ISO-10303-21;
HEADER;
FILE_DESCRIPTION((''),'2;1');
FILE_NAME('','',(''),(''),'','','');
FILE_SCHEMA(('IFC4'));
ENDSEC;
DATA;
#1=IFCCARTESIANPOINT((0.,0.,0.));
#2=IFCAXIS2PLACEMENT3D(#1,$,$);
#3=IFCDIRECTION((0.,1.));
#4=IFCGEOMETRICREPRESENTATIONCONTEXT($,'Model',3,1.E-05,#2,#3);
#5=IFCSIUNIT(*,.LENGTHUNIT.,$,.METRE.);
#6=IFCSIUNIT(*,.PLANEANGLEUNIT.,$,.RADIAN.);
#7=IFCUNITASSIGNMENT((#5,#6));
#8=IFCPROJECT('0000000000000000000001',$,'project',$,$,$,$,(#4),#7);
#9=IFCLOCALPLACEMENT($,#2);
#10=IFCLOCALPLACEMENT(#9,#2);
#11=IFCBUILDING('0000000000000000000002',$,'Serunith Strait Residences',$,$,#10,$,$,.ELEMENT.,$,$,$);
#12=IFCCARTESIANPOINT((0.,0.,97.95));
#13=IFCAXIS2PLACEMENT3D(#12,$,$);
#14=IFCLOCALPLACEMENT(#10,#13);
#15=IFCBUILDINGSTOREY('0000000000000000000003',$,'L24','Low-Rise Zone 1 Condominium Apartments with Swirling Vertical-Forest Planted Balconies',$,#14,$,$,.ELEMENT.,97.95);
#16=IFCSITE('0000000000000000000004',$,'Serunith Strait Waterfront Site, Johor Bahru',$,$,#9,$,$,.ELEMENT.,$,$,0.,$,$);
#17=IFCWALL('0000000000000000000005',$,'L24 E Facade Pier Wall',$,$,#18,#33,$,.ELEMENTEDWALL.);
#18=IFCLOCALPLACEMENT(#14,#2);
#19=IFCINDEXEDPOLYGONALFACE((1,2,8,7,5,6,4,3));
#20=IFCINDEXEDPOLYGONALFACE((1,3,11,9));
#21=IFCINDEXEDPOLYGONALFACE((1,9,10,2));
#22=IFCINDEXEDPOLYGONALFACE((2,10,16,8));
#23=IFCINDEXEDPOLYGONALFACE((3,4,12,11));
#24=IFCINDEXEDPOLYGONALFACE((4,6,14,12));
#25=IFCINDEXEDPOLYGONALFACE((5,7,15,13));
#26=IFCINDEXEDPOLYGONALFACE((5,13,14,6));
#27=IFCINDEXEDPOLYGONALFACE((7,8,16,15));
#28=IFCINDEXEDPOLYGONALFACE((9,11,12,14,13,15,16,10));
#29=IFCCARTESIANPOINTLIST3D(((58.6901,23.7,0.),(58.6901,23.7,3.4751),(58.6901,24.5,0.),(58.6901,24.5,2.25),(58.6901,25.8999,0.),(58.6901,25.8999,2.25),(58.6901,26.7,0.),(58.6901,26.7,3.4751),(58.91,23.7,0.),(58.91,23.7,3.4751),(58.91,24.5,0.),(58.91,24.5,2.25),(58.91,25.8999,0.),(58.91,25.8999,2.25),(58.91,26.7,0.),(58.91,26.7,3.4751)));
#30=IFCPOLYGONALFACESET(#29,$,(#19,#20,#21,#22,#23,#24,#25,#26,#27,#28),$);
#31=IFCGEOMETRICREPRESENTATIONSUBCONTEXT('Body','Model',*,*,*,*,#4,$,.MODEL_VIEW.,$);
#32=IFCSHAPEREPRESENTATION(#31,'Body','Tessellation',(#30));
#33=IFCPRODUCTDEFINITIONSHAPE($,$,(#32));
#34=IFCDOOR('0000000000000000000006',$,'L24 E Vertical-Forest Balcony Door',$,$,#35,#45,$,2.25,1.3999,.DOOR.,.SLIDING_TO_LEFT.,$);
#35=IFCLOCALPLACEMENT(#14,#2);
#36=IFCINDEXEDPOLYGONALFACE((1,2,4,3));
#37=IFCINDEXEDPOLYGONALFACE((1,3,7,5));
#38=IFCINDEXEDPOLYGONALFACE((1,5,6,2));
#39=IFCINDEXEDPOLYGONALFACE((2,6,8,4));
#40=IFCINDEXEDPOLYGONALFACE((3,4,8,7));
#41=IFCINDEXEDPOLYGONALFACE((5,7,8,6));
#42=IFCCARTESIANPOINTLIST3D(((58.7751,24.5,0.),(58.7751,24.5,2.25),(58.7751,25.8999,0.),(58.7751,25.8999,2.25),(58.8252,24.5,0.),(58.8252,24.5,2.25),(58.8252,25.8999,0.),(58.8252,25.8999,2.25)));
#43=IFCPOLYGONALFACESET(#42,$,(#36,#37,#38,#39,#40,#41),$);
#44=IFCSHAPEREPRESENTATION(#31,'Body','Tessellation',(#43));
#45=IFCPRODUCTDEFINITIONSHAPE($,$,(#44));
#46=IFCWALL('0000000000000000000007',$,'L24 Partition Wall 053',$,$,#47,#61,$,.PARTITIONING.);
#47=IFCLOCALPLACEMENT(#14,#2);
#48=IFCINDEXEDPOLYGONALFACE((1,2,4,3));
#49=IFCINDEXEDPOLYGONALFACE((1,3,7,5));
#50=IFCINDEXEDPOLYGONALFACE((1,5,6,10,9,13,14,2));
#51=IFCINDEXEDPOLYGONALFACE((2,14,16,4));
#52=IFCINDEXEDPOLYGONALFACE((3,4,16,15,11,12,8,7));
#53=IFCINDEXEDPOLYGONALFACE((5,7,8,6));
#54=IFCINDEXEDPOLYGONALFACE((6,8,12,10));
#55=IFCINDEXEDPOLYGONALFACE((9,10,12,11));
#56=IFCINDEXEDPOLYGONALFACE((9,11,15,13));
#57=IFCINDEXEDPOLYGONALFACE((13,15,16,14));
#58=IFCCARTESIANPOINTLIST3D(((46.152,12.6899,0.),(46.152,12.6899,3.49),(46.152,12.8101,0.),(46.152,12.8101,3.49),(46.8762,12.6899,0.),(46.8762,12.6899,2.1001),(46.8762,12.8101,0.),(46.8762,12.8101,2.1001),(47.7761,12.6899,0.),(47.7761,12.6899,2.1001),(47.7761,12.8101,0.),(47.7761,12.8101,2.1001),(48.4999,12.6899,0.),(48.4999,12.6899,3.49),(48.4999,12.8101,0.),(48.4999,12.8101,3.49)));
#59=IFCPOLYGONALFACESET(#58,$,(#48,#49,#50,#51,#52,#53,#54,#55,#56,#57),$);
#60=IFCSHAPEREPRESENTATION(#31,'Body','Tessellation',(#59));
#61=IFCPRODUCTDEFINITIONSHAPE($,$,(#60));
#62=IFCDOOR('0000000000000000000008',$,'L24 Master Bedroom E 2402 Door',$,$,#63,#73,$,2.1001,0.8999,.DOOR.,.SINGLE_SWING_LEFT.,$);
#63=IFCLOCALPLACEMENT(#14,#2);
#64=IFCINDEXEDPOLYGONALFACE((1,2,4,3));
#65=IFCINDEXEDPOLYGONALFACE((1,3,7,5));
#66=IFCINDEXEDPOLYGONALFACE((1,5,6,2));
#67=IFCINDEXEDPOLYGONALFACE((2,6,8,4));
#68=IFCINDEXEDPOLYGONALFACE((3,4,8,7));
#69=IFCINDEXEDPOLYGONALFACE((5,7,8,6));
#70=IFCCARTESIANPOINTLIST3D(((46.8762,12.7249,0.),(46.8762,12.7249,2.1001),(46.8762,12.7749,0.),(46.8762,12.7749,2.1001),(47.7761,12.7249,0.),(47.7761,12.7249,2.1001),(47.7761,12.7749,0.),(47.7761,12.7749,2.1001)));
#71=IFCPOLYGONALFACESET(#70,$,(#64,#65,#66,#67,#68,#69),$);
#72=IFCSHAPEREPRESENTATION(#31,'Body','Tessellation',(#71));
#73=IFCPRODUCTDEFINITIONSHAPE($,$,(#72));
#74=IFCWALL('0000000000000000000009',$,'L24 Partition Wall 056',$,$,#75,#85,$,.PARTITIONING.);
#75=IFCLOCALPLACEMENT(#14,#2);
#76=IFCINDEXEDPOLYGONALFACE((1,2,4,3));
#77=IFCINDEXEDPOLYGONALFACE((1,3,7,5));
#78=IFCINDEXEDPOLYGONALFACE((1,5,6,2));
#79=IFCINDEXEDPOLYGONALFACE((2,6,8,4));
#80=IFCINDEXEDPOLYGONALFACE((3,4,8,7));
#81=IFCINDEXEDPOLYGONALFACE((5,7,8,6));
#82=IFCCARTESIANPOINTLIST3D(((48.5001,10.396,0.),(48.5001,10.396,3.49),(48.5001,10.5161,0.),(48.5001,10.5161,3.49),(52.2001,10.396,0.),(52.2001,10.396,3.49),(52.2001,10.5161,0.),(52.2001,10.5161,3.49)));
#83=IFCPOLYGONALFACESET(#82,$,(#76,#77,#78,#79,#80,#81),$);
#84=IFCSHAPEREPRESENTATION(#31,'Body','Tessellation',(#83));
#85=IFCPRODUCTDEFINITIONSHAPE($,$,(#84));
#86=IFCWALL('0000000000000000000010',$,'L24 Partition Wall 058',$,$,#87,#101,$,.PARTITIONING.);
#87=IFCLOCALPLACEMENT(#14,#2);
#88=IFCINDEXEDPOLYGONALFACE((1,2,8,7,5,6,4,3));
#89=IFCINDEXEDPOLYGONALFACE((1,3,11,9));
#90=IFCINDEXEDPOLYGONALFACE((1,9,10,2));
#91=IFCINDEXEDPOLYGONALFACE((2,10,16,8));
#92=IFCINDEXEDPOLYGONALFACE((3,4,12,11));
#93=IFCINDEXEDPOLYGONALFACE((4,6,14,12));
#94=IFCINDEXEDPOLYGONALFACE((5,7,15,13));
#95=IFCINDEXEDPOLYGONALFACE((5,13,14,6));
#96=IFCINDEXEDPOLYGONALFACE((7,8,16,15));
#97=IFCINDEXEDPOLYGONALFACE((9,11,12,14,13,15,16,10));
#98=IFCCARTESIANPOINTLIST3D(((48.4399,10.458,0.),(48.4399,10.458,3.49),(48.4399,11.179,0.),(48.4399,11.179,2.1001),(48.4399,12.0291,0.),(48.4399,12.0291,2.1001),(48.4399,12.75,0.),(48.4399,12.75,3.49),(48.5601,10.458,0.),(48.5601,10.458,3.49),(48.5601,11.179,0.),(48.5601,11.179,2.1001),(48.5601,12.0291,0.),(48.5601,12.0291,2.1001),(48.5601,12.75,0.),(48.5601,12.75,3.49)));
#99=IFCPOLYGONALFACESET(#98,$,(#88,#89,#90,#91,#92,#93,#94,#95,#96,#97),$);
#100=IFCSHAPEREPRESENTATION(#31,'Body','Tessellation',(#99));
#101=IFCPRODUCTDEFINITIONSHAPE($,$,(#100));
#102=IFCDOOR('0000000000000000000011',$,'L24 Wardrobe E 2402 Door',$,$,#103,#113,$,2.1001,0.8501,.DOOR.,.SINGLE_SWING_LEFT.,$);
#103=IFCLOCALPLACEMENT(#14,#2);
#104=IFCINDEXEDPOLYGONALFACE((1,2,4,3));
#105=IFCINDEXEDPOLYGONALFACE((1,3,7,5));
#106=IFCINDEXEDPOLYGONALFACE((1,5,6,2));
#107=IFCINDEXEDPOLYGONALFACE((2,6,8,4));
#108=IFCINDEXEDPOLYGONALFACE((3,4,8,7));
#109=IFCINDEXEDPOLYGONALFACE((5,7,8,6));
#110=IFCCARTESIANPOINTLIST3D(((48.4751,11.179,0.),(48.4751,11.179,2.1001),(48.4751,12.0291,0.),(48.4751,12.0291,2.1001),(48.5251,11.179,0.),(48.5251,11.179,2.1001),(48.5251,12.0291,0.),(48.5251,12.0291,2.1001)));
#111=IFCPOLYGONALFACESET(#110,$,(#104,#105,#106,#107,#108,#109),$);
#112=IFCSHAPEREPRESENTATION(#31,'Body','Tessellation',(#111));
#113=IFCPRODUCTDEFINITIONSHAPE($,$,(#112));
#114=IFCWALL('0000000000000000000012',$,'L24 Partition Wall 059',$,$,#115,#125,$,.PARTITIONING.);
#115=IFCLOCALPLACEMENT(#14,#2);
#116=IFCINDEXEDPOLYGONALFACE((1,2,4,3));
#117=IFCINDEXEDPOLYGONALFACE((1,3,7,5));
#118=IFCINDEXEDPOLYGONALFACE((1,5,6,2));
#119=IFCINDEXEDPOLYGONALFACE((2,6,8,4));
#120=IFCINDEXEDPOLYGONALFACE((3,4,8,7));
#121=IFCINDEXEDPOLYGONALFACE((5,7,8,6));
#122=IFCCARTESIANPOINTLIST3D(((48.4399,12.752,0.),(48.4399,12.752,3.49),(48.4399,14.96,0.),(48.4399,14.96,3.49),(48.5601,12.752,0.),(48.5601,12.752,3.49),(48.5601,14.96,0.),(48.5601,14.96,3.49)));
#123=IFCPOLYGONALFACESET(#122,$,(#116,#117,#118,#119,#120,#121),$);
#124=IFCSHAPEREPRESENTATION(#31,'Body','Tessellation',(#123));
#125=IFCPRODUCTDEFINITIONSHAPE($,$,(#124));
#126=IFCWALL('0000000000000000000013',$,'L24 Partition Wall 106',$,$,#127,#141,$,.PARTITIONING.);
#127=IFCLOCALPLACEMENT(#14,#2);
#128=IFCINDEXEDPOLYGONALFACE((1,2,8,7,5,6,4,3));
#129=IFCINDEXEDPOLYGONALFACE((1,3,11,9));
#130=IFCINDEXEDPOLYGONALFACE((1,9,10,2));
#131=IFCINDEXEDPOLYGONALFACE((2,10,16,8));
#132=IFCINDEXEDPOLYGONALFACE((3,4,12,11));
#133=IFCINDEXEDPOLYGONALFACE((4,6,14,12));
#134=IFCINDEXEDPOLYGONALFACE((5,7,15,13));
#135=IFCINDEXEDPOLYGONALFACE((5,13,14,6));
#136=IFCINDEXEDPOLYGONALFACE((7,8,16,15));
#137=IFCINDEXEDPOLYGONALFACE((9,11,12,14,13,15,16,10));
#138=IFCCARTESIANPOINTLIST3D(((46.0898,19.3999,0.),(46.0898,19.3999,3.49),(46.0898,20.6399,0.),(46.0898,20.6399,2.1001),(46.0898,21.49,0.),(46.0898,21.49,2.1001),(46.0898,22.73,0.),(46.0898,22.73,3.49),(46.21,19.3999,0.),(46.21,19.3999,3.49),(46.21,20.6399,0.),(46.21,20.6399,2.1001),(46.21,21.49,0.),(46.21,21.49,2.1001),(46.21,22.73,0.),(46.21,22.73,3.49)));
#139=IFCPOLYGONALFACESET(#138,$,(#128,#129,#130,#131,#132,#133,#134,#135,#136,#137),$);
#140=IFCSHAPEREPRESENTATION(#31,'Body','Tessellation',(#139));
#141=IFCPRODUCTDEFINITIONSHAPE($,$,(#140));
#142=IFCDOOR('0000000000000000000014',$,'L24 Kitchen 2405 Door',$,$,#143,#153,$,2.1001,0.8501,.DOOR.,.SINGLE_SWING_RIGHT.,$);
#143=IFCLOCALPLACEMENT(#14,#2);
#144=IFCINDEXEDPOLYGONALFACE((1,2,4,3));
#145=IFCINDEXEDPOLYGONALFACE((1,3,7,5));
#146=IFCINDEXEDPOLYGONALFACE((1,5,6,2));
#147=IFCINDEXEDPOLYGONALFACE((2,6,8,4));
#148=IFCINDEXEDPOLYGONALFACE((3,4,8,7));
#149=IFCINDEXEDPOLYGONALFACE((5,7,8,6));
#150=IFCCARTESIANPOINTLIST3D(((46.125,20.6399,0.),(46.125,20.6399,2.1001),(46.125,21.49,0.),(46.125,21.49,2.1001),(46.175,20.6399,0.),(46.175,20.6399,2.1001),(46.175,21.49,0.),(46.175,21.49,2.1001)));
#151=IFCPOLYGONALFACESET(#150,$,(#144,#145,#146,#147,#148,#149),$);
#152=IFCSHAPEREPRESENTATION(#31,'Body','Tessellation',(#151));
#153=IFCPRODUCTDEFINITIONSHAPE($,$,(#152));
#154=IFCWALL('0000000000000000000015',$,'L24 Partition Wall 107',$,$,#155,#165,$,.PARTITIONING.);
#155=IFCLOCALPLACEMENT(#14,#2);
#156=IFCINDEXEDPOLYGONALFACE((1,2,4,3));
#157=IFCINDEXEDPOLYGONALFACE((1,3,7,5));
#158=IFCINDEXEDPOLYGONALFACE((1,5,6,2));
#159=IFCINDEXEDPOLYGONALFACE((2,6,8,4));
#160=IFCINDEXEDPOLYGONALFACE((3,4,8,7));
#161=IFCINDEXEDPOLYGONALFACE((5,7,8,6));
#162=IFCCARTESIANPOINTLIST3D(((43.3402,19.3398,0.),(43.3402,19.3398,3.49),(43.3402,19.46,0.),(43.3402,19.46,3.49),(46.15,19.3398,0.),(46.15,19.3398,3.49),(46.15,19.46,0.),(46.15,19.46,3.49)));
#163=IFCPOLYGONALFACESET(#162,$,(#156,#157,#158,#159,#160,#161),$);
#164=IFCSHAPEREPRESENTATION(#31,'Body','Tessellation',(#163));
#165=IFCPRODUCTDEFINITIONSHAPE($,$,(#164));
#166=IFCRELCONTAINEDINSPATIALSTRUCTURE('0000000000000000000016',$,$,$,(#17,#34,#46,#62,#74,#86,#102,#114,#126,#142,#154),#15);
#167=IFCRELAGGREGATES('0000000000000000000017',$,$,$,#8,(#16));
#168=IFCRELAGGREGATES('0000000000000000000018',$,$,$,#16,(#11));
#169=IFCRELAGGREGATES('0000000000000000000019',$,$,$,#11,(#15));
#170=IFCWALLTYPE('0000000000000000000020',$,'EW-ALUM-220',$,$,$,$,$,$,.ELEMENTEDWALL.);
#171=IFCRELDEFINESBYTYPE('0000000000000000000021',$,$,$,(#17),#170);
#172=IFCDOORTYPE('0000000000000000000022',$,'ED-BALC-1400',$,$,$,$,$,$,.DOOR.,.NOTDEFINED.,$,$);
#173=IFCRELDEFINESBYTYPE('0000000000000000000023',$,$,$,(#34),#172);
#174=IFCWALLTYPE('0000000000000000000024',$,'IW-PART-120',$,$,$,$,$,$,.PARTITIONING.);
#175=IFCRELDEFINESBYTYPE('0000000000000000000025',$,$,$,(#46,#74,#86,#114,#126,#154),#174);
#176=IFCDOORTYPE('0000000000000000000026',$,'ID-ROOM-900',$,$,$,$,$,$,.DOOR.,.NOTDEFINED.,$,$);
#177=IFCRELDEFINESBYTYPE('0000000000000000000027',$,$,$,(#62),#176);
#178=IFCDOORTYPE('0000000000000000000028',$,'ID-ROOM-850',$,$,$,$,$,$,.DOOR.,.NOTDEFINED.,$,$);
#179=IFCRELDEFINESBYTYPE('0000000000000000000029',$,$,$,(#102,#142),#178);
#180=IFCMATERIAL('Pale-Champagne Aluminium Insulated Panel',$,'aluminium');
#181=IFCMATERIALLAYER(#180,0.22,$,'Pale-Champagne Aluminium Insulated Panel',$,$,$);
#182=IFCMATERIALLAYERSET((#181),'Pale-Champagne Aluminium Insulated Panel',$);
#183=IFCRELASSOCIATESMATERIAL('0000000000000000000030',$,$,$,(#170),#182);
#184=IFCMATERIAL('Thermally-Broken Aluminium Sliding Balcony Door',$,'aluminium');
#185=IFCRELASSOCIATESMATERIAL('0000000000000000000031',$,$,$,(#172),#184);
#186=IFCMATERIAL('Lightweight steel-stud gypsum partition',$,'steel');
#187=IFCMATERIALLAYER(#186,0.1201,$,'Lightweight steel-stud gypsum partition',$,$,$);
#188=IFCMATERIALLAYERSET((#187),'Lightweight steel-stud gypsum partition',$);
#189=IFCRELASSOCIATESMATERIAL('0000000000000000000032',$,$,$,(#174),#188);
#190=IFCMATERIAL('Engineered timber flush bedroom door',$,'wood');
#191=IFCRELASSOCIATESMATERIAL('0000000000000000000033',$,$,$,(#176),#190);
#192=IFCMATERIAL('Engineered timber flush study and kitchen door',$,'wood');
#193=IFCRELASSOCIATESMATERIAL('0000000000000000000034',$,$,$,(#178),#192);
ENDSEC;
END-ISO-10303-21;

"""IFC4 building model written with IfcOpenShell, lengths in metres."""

from ifc_helpers import new_model, si_unit, direction, frame, frame_2d, origin, place, context, subcontext, project, spatial, rectangle, extrude, source, transform, mapped, material, layer, layer_set, type_object, element, fill, save


model = new_model("IFC4")

# Units and contexts
model_context = context("Model", 3, precision=1e-05, world=origin(), true_north=direction((0.0, 1.0)))
body_context = subcontext(model_context, "Body", "Model", "MODEL_VIEW")
ifc_project = project(units=[si_unit("LENGTHUNIT", "METRE"), si_unit("PLANEANGLEUNIT", "RADIAN")], contexts=[model_context])

# Site, building, storey
site_placement = place(None, origin())
site = spatial("IfcSite", under=ifc_project, at=site_placement, Name="Serunith Strait Waterfront Site, Johor Bahru", CompositionType="ELEMENT", RefElevation=0.0)
building_placement = place(site_placement, origin())
building = spatial("IfcBuilding", under=site, at=building_placement, Name="Serunith Strait Residences", CompositionType="ELEMENT")
storey_placement = place(building_placement, frame((0.0, 0.0, 97.95)))
storey = spatial("IfcBuildingStorey", under=building, at=storey_placement, Name="L24", Description="Low-Rise Zone 1 Condominium Apartments with Swirling Vertical-Forest Planted Balconies", CompositionType="ELEMENT", Elevation=97.95)

# Walls, openings, doors
ifc_material_1 = material(Name="Pale-Champagne Aluminium Insulated Panel", Category="aluminium")
ifc_layer_1 = layer(ifc_material_1, 0.22, Name="Pale-Champagne Aluminium Insulated Panel")
ifc_layer_set_1 = layer_set([ifc_layer_1], Name="Pale-Champagne Aluminium Insulated Panel")
wall_type_1 = type_object("IfcWallType", Name="EW-ALUM-220", PredefinedType="ELEMENTEDWALL", material=ifc_layer_set_1)
wall_1_placement = place(storey_placement, frame((58.8, 23.7, 0.0), z_axis=(0.0, 0.0, 1.0), x_axis=(0.0, 1.0, 0.0)))
wall_1 = element("IfcWall", 1, at=wall_1_placement, inside=storey, type_object=wall_type_1, Name="L24 E Facade Pier Wall", PredefinedType="ELEMENTEDWALL", context=body_context, shape_type="SweptSolid", body=[
    extrude(rectangle(XDim=3.0, YDim=0.22, at=frame_2d((1.5, 0.0))), origin(), (0.0, 0.0, 1.0), 3.4751),
])
opening_1_placement = place(wall_1_placement, frame((0.8, 0.0, 0.0)))
opening_1 = element("IfcOpeningElement", 2, at=opening_1_placement, cuts=wall_1, PredefinedType="OPENING", context=body_context, shape_type="SweptSolid", body=[
    extrude(rectangle(XDim=1.3999, YDim=2.25, at=frame_2d((0.7, 1.125))), frame((0.0, 0.1201, 0.0), z_axis=(0.0, -1.0, 0.0), x_axis=(1.0, 0.0, 0.0)), (0.0, 0.0, 1.0), 0.24),
])
ifc_material_2 = material(Name="Thermally-Broken Aluminium Sliding Balcony Door", Category="aluminium")
door_type_1 = type_object("IfcDoorType", Name="ED-BALC-1400", OperationType="NOTDEFINED", PredefinedType="DOOR", material=ifc_material_2)
shared_shape_1 = source(origin(), body_context, "Body", "SweptSolid", [
    extrude(rectangle(XDim=1.3999, YDim=2.25, at=frame_2d((0.7, 1.125))), frame((0.0, 0.0249, 0.0), z_axis=(0.0, -1.0, 0.0), x_axis=(1.0, 0.0, 0.0)), (0.0, 0.0, 1.0), 0.05),
])
door_1_placement = place(opening_1_placement, origin())
door_1 = element("IfcDoor", 3, at=door_1_placement, inside=storey, type_object=door_type_1, Name="L24 E Vertical-Forest Balcony Door", OperationType="SLIDING_TO_LEFT", OverallHeight=2.25, OverallWidth=1.3999, PredefinedType="DOOR", context=body_context, shape_type="MappedRepresentation", body=[
    mapped(shared_shape_1, transform((0.0, 0.0, 0.0), scale=1.0)),
])
fill(opening_1, door_1)
ifc_material_3 = material(Name="Lightweight steel-stud gypsum partition", Category="steel")
ifc_layer_2 = layer(ifc_material_3, 0.1201, Name="Lightweight steel-stud gypsum partition")
ifc_layer_set_2 = layer_set([ifc_layer_2], Name="Lightweight steel-stud gypsum partition")
wall_type_2 = type_object("IfcWallType", Name="IW-PART-120", PredefinedType="PARTITIONING", material=ifc_layer_set_2)
wall_2_placement = place(storey_placement, frame((46.1521, 12.75, 0.0), z_axis=(0.0, 0.0, 1.0), x_axis=(1.0, 0.0, 0.0)))
wall_2 = element("IfcWall", 4, at=wall_2_placement, inside=storey, type_object=wall_type_2, Name="L24 Partition Wall 053", PredefinedType="PARTITIONING", context=body_context, shape_type="SweptSolid", body=[
    extrude(rectangle(XDim=2.3479, YDim=0.1201, at=frame_2d((1.1738, 0.0))), origin(), (0.0, 0.0, 1.0), 3.49),
])
opening_2_placement = place(wall_2_placement, frame((0.7241, 0.0, 0.0)))
opening_2 = element("IfcOpeningElement", 5, at=opening_2_placement, cuts=wall_2, PredefinedType="OPENING", context=body_context, shape_type="SweptSolid", body=[
    extrude(rectangle(XDim=0.8999, YDim=2.1001, at=frame_2d((0.45, 1.05))), frame((0.0, 0.0701, 0.0), z_axis=(0.0, -1.0, 0.0), x_axis=(1.0, 0.0, 0.0)), (0.0, 0.0, 1.0), 0.1401),
])
ifc_material_4 = material(Name="Engineered timber flush bedroom door", Category="wood")
door_type_2 = type_object("IfcDoorType", Name="ID-ROOM-900", OperationType="NOTDEFINED", PredefinedType="DOOR", material=ifc_material_4)
shared_shape_2 = source(origin(), body_context, "Body", "SweptSolid", [
    extrude(rectangle(XDim=0.8999, YDim=2.1001, at=frame_2d((0.45, 1.05))), frame((0.0, 0.0249, 0.0), z_axis=(0.0, -1.0, 0.0), x_axis=(1.0, 0.0, 0.0)), (0.0, 0.0, 1.0), 0.05),
])
door_2_placement = place(opening_2_placement, origin())
door_2 = element("IfcDoor", 6, at=door_2_placement, inside=storey, type_object=door_type_2, Name="L24 Master Bedroom E 2402 Door", OperationType="SINGLE_SWING_LEFT", OverallHeight=2.1001, OverallWidth=0.8999, PredefinedType="DOOR", context=body_context, shape_type="MappedRepresentation", body=[
    mapped(shared_shape_2, transform((0.0, 0.0, 0.0), scale=1.0)),
])
fill(opening_2, door_2)

# Wall
wall_3_placement = place(storey_placement, frame((48.5, 10.4561, 0.0), z_axis=(0.0, 0.0, 1.0), x_axis=(1.0, 0.0, 0.0)))
element("IfcWall", 7, at=wall_3_placement, inside=storey, type_object=wall_type_2, Name="L24 Partition Wall 056", PredefinedType="PARTITIONING", context=body_context, shape_type="SweptSolid", body=[
    extrude(rectangle(XDim=3.7, YDim=0.1201, at=frame_2d((1.8501, 0.0))), origin(), (0.0, 0.0, 1.0), 3.49),
])

# Wall, opening, door
wall_4_placement = place(storey_placement, frame((48.5, 10.458, 0.0), z_axis=(0.0, 0.0, 1.0), x_axis=(0.0, 1.0, 0.0)))
wall_4 = element("IfcWall", 8, at=wall_4_placement, inside=storey, type_object=wall_type_2, Name="L24 Partition Wall 058", PredefinedType="PARTITIONING", context=body_context, shape_type="SweptSolid", body=[
    extrude(rectangle(XDim=2.292, YDim=0.1201, at=frame_2d((1.146, 0.0))), origin(), (0.0, 0.0, 1.0), 3.49),
])
opening_3_placement = place(wall_4_placement, frame((0.7209, 0.0, 0.0)))
opening_3 = element("IfcOpeningElement", 9, at=opening_3_placement, cuts=wall_4, PredefinedType="OPENING", context=body_context, shape_type="SweptSolid", body=[
    extrude(rectangle(XDim=0.8501, YDim=2.1001, at=frame_2d((0.425, 1.05))), frame((0.0, 0.0701, 0.0), z_axis=(0.0, -1.0, 0.0), x_axis=(1.0, 0.0, 0.0)), (0.0, 0.0, 1.0), 0.1401),
])
ifc_material_5 = material(Name="Engineered timber flush study and kitchen door", Category="wood")
door_type_3 = type_object("IfcDoorType", Name="ID-ROOM-850", OperationType="NOTDEFINED", PredefinedType="DOOR", material=ifc_material_5)
shared_shape_3 = source(origin(), body_context, "Body", "SweptSolid", [
    extrude(rectangle(XDim=0.8501, YDim=2.1001, at=frame_2d((0.425, 1.05))), frame((0.0, 0.0249, 0.0), z_axis=(0.0, -1.0, 0.0), x_axis=(1.0, 0.0, 0.0)), (0.0, 0.0, 1.0), 0.05),
])
door_3_placement = place(opening_3_placement, origin())
door_3 = element("IfcDoor", 10, at=door_3_placement, inside=storey, type_object=door_type_3, Name="L24 Wardrobe E 2402 Door", OperationType="SINGLE_SWING_LEFT", OverallHeight=2.1001, OverallWidth=0.8501, PredefinedType="DOOR", context=body_context, shape_type="MappedRepresentation", body=[
    mapped(shared_shape_3, transform((0.0, 0.0, 0.0), scale=1.0)),
])
fill(opening_3, door_3)

# Wall
wall_5_placement = place(storey_placement, frame((48.5, 12.752, 0.0), z_axis=(0.0, 0.0, 1.0), x_axis=(0.0, 1.0, 0.0)))
element("IfcWall", 11, at=wall_5_placement, inside=storey, type_object=wall_type_2, Name="L24 Partition Wall 059", PredefinedType="PARTITIONING", context=body_context, shape_type="SweptSolid", body=[
    extrude(rectangle(XDim=2.208, YDim=0.1201, at=frame_2d((1.104, 0.0))), origin(), (0.0, 0.0, 1.0), 3.49),
])

# Wall, opening, door
wall_6_placement = place(storey_placement, frame((46.1499, 19.3999, 0.0), z_axis=(0.0, 0.0, 1.0), x_axis=(0.0, 1.0, 0.0)))
wall_6 = element("IfcWall", 12, at=wall_6_placement, inside=storey, type_object=wall_type_2, Name="L24 Partition Wall 106", PredefinedType="PARTITIONING", context=body_context, shape_type="SweptSolid", body=[
    extrude(rectangle(XDim=3.3301, YDim=0.1201, at=frame_2d((1.665, 0.0))), origin(), (0.0, 0.0, 1.0), 3.49),
])
opening_4_placement = place(wall_6_placement, frame((1.24, 0.0, 0.0)))
opening_4 = element("IfcOpeningElement", 13, at=opening_4_placement, cuts=wall_6, PredefinedType="OPENING", context=body_context, shape_type="SweptSolid", body=[
    extrude(rectangle(XDim=0.8501, YDim=2.1001, at=frame_2d((0.425, 1.05))), frame((0.0, 0.0701, 0.0), z_axis=(0.0, -1.0, 0.0), x_axis=(1.0, 0.0, 0.0)), (0.0, 0.0, 1.0), 0.1401),
])
door_4_placement = place(opening_4_placement, origin())
door_4 = element("IfcDoor", 14, at=door_4_placement, inside=storey, type_object=door_type_3, Name="L24 Kitchen 2405 Door", OperationType="SINGLE_SWING_RIGHT", OverallHeight=2.1001, OverallWidth=0.8501, PredefinedType="DOOR", context=body_context, shape_type="MappedRepresentation", body=[
    mapped(shared_shape_3, transform((0.0, 0.0, 0.0), scale=1.0)),
])
fill(opening_4, door_4)

# Wall
wall_7_placement = place(storey_placement, frame((46.1499, 19.3999, 0.0), z_axis=(0.0, 0.0, 1.0), x_axis=(-1.0, 0.0, 0.0)))
element("IfcWall", 15, at=wall_7_placement, inside=storey, type_object=wall_type_2, Name="L24 Partition Wall 107", PredefinedType="PARTITIONING", context=body_context, shape_type="SweptSolid", body=[
    extrude(rectangle(XDim=2.8098, YDim=0.1201, at=frame_2d((1.4048, 0.0))), origin(), (0.0, 0.0, 1.0), 3.49),
])

save(model, "model.ifc")
